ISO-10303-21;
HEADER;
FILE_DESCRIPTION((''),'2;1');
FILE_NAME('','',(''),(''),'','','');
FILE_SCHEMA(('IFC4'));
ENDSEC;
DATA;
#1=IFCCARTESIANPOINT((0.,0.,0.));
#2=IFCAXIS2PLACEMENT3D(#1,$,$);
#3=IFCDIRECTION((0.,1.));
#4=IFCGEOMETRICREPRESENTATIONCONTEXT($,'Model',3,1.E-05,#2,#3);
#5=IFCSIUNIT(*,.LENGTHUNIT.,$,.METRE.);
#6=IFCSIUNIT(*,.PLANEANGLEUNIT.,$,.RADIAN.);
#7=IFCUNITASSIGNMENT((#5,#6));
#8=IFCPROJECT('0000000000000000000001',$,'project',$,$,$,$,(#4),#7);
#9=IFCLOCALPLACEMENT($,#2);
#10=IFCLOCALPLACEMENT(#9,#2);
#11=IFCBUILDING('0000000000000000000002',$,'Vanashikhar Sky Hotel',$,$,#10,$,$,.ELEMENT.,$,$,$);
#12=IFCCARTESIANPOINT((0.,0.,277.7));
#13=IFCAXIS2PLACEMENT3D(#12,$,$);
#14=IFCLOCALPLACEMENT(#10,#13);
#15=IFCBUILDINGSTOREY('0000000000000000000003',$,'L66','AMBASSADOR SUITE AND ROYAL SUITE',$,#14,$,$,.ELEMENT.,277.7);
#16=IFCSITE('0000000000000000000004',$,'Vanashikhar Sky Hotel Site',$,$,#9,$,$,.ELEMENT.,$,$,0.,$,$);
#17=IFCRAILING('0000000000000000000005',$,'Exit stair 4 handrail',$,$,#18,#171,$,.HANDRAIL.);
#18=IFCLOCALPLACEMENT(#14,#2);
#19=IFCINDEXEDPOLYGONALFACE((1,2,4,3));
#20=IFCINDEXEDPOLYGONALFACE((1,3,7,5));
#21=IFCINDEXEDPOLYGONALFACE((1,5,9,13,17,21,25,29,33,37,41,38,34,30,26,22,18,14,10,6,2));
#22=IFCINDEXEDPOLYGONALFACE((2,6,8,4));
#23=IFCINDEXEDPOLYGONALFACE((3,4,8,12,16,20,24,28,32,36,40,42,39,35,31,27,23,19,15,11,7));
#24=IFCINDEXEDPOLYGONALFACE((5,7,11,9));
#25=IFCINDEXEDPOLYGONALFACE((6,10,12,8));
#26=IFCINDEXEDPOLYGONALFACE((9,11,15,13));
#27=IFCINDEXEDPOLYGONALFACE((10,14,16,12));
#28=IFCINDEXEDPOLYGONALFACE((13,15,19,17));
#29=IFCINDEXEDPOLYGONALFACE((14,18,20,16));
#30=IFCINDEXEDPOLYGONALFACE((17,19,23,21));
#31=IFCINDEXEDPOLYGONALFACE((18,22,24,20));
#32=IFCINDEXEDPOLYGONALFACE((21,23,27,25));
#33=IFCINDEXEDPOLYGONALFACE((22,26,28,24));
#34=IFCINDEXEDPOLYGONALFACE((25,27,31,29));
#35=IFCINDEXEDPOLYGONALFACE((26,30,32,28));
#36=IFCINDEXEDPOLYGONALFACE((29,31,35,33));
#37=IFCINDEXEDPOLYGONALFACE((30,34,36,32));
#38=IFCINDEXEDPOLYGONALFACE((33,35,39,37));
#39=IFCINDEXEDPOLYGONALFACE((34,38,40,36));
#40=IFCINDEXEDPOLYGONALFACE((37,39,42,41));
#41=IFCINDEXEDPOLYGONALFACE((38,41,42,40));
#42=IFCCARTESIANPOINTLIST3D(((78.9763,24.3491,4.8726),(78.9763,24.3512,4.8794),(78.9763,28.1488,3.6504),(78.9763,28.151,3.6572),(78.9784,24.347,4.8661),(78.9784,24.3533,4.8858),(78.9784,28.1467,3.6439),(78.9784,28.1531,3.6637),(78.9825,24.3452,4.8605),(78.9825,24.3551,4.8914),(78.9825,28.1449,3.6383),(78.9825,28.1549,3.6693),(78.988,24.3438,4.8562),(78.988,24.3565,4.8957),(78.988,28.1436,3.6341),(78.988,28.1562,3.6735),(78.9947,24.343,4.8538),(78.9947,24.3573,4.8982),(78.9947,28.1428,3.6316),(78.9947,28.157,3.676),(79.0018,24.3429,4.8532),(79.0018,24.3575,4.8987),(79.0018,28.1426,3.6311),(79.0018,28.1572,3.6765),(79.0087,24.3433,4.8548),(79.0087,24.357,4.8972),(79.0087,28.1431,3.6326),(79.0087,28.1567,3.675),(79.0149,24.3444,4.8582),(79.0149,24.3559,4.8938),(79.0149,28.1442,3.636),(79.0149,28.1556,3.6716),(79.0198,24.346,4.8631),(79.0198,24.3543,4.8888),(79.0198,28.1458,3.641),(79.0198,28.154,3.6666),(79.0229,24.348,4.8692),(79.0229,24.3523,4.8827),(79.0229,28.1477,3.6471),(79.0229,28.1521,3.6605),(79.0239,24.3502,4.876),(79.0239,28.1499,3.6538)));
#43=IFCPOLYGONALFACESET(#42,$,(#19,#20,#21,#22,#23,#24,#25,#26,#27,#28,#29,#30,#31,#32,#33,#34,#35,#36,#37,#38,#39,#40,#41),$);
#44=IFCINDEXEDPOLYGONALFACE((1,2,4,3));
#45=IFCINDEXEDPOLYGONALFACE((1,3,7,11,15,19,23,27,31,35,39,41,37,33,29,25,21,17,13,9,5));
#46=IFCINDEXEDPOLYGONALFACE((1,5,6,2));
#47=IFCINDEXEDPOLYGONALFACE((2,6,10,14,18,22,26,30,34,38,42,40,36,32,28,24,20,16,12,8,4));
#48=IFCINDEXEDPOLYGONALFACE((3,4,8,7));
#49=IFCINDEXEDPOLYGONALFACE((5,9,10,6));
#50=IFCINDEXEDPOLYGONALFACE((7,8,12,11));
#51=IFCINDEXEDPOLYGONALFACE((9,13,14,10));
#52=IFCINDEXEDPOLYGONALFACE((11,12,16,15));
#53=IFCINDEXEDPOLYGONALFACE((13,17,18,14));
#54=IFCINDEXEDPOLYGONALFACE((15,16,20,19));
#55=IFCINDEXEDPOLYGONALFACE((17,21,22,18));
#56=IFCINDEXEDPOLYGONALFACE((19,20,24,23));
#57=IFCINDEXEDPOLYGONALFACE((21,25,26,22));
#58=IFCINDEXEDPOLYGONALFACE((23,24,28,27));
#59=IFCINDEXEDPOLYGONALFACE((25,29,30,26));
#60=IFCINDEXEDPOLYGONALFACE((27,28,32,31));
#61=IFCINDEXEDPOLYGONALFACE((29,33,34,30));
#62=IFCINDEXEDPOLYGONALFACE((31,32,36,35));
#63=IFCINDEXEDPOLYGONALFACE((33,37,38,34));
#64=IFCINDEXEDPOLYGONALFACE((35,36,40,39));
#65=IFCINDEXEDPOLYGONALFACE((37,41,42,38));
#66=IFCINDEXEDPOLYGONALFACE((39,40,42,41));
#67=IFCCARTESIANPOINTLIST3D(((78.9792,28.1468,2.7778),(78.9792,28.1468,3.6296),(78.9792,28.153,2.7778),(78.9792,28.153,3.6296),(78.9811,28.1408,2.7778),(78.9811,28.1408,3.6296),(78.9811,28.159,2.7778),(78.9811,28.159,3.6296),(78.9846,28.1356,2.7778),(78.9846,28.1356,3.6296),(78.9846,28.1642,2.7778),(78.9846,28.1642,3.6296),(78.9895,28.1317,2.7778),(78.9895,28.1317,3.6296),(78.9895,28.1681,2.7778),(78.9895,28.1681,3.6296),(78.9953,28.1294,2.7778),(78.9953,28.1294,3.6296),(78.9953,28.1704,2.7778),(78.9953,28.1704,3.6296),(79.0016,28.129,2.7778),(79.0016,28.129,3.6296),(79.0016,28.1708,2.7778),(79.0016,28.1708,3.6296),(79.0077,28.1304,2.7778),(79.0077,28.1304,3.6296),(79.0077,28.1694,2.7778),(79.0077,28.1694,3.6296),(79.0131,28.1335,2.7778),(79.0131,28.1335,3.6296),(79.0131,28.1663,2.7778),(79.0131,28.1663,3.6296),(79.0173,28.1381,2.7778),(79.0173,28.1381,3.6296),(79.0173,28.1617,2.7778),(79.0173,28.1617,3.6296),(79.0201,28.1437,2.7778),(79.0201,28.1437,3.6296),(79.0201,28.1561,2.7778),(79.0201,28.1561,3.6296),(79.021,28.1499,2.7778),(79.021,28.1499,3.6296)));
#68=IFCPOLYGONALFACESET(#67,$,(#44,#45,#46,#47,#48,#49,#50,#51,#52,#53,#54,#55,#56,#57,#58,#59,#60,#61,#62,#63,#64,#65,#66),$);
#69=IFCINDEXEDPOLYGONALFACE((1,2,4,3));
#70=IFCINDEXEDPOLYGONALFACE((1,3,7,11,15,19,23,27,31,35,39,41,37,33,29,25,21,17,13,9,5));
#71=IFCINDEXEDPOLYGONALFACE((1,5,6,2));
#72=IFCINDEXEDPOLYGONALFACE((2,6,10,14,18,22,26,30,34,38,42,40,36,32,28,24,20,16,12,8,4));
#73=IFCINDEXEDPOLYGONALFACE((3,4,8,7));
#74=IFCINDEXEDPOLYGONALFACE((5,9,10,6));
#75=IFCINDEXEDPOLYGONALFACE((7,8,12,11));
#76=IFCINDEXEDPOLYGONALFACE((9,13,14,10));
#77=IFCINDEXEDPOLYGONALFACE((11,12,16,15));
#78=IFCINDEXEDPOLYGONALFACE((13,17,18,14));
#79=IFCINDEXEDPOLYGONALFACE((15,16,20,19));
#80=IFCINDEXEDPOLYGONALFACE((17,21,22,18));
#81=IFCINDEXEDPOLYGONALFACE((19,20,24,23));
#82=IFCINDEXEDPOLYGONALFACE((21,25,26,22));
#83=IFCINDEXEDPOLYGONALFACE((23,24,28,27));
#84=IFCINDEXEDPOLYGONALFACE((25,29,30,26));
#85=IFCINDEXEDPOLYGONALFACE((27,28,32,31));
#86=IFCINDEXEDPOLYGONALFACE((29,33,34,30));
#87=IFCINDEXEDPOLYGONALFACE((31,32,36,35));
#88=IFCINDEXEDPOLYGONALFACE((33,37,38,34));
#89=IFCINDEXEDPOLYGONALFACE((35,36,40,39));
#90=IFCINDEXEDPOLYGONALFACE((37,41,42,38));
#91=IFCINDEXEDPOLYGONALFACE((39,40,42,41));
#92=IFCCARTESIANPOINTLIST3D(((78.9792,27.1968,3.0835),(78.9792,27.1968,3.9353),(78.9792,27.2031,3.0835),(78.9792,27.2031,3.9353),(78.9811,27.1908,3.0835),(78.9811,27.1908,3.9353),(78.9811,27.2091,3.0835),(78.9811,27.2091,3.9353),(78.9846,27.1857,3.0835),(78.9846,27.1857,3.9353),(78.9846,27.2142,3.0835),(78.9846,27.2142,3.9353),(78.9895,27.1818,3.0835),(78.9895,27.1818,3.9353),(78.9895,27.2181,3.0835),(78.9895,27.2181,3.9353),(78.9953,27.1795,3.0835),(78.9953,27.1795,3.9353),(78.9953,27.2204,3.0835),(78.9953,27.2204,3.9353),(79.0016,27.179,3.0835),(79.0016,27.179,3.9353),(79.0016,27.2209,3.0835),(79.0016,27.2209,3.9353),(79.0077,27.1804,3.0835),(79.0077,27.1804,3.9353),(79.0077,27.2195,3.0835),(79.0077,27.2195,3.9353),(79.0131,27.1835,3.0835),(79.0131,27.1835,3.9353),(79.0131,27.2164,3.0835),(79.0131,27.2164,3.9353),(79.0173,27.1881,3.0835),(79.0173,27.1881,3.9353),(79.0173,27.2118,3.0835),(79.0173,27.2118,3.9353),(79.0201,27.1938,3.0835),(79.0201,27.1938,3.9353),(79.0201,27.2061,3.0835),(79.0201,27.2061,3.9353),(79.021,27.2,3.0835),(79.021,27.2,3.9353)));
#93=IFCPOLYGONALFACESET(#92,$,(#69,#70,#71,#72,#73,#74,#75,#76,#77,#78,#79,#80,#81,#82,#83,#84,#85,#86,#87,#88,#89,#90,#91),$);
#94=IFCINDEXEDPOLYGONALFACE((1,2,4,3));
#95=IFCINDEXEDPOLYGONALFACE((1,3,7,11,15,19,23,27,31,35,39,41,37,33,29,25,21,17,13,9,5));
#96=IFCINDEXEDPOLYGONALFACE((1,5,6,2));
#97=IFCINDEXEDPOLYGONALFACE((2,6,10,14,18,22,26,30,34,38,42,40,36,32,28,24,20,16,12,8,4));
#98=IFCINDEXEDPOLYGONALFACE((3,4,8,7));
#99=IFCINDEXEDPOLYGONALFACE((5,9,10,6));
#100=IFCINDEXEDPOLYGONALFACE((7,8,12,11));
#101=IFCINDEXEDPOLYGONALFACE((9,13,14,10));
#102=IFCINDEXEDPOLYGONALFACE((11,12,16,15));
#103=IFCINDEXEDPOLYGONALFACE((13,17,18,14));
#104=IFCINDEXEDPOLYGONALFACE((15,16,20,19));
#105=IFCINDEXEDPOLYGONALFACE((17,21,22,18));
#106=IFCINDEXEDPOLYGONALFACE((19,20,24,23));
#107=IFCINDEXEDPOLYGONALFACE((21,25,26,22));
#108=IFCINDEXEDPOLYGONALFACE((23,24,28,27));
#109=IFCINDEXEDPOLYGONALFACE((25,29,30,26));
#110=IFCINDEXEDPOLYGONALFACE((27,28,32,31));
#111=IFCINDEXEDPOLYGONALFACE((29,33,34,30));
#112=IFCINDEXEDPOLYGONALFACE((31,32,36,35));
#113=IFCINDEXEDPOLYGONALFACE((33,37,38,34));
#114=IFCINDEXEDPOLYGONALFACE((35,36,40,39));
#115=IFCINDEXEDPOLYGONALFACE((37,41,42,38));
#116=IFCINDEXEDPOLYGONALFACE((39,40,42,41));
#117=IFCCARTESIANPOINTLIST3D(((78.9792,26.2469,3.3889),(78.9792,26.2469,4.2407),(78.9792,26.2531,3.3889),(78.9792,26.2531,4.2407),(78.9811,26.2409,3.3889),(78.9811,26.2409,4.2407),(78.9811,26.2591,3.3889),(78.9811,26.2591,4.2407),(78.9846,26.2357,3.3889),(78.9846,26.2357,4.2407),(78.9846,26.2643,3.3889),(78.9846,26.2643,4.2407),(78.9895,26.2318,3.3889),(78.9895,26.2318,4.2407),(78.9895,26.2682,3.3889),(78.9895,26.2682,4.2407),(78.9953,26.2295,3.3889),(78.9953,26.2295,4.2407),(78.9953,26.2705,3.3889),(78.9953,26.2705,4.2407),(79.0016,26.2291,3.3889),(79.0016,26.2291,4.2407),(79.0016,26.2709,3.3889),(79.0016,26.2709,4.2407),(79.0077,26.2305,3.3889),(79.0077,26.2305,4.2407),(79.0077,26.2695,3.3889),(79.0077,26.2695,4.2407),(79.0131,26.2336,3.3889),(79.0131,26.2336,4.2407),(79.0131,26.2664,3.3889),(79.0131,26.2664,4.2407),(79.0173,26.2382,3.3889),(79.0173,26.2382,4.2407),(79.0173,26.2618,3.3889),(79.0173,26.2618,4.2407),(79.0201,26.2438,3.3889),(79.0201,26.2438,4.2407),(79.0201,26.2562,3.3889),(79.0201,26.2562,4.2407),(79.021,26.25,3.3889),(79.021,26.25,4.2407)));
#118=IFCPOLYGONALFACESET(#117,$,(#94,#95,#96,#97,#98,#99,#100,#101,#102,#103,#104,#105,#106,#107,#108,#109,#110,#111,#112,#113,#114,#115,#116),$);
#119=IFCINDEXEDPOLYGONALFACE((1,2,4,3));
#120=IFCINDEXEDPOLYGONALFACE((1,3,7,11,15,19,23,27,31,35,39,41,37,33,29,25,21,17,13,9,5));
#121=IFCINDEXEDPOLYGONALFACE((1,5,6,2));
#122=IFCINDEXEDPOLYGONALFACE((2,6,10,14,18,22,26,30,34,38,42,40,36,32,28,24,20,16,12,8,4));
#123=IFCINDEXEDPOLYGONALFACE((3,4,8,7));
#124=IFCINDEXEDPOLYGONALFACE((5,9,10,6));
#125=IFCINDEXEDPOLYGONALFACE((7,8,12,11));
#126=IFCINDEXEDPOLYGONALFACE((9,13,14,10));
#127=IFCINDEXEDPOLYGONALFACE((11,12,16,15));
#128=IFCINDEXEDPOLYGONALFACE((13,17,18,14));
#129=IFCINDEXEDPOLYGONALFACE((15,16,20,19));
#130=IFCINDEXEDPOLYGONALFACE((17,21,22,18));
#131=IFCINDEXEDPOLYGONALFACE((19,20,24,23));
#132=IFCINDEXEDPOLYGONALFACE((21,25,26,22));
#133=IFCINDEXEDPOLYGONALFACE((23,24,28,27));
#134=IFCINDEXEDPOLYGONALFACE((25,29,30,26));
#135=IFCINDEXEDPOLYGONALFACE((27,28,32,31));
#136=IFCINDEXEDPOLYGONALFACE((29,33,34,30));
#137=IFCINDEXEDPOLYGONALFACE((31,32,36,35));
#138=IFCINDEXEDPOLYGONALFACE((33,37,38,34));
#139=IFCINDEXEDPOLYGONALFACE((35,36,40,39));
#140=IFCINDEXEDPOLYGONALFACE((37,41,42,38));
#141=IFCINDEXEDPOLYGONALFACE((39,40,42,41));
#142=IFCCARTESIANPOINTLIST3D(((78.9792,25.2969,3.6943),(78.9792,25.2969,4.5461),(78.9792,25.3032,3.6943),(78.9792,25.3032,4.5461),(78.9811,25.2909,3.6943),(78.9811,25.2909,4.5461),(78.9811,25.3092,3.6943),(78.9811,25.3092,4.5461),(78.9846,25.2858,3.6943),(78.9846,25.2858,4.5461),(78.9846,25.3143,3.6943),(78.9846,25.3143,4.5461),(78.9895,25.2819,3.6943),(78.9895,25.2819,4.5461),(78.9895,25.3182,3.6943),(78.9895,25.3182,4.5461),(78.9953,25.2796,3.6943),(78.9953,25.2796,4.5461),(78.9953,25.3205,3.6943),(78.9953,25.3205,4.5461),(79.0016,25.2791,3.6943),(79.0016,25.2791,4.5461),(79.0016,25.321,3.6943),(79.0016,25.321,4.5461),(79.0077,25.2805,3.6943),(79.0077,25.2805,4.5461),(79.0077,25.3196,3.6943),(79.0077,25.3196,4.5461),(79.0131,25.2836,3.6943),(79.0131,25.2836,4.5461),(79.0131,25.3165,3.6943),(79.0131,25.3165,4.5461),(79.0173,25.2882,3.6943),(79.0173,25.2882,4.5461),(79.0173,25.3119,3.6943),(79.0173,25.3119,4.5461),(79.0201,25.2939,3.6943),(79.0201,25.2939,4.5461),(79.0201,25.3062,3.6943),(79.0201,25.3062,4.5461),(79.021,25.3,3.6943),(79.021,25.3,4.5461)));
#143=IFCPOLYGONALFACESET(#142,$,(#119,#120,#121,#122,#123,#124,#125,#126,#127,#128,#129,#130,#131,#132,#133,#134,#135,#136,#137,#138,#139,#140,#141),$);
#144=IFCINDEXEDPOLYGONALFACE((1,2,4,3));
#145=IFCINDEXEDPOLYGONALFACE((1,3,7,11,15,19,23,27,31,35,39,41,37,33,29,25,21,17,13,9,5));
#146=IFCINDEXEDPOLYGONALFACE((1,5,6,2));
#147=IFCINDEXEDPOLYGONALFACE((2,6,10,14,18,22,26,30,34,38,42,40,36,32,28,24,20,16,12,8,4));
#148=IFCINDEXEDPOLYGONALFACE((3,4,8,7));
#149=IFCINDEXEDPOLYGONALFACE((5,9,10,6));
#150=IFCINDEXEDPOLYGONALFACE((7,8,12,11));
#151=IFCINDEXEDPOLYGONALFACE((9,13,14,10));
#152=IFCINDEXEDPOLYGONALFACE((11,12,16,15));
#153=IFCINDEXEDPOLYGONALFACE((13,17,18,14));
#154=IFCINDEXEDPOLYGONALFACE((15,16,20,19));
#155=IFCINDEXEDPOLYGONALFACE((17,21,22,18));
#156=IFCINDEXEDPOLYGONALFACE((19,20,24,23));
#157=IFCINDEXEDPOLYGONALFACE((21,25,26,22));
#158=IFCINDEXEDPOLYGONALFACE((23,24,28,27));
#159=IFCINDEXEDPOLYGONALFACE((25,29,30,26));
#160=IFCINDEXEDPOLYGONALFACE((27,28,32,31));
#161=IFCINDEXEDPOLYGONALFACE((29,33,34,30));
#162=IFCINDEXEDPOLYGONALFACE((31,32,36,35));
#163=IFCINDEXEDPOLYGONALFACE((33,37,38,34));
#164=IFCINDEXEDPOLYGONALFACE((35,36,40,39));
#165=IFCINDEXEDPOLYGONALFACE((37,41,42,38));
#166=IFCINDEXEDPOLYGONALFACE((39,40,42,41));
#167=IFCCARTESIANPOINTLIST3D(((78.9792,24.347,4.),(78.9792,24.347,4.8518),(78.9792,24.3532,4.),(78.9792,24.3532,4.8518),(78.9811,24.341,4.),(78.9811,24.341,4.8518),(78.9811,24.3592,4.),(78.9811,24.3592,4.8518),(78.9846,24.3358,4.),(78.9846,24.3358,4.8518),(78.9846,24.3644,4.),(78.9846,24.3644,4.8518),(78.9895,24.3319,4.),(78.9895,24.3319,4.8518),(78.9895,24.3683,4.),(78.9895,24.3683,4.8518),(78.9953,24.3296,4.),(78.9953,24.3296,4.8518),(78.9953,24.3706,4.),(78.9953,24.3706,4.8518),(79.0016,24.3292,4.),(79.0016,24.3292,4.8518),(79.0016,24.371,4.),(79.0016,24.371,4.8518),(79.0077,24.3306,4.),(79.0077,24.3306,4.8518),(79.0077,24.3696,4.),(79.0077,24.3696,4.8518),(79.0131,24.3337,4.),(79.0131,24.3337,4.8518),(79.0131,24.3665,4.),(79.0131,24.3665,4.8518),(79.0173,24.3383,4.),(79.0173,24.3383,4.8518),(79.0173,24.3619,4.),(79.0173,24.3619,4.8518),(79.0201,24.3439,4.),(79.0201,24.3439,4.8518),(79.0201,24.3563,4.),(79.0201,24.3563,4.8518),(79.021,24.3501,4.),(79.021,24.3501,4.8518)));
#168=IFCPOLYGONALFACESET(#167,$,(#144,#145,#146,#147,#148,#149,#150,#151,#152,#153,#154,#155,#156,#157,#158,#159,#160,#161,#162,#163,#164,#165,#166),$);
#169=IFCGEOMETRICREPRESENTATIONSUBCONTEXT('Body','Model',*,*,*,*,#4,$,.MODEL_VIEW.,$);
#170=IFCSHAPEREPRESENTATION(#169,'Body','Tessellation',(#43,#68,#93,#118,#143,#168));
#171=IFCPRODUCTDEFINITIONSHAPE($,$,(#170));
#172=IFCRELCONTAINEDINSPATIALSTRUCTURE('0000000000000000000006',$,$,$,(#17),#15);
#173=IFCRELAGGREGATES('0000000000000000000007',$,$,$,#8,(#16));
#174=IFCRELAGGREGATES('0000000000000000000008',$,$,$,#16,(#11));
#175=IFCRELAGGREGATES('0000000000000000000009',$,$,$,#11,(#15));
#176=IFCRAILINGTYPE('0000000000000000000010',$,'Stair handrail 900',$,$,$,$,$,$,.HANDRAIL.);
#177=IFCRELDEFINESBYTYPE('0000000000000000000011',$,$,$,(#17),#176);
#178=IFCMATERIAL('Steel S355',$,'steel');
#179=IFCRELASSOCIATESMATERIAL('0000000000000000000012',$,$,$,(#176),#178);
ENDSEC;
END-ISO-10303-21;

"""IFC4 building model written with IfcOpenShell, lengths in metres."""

from ifc_helpers import new_model, si_unit, direction, frame, origin, origin_2d, place, context, subcontext, project, spatial, circle, extrude, source, transform, mapped, material, type_object, element, save


model = new_model("IFC4")

# Units and contexts
model_context = context("Model", 3, precision=1e-05, world=origin(), true_north=direction((0.0, 1.0)))
body_context = subcontext(model_context, "Body", "Model", "MODEL_VIEW")
ifc_project = project(units=[si_unit("LENGTHUNIT", "METRE"), si_unit("PLANEANGLEUNIT", "RADIAN")], contexts=[model_context])

# Site, building, storey
site_placement = place(None, origin())
site = spatial("IfcSite", under=ifc_project, at=site_placement, Name="Vanashikhar Sky Hotel Site", CompositionType="ELEMENT", RefElevation=0.0)
building_placement = place(site_placement, origin())
building = spatial("IfcBuilding", under=site, at=building_placement, Name="Vanashikhar Sky Hotel", CompositionType="ELEMENT")
storey_placement = place(building_placement, frame((0.0, 0.0, 277.7)))
storey = spatial("IfcBuildingStorey", under=building, at=storey_placement, Name="L66", Description="AMBASSADOR SUITE AND ROYAL SUITE", CompositionType="ELEMENT", Elevation=277.7)

# Railing
ifc_material_1 = material(Name="Steel S355", Category="steel")
railing_type_1 = type_object("IfcRailingType", Name="Stair handrail 900", PredefinedType="HANDRAIL", material=ifc_material_1)
shared_shape_1 = source(origin(), body_context, "Body", "SweptSolid", [
    extrude(circle(Radius=0.0239, at=origin_2d()), frame((0.0, 0.0, 0.876), z_axis=(0.0, -0.95197, 0.306191), x_axis=(1.0, 0.0, 0.0)), (0.0, 0.0, 1.0), 3.9915),
    extrude(circle(Radius=0.021, at=origin_2d()), origin(), (0.0, 0.0, 1.0), 0.8518),
    extrude(circle(Radius=0.021, at=origin_2d()), frame((0.0, -0.95, 0.3057)), (0.0, 0.0, 1.0), 0.8518),
    extrude(circle(Radius=0.021, at=origin_2d()), frame((0.0, -1.8999, 0.6111)), (0.0, 0.0, 1.0), 0.8518),
    extrude(circle(Radius=0.021, at=origin_2d()), frame((0.0, -2.8499, 0.9165)), (0.0, 0.0, 1.0), 0.8518),
    extrude(circle(Radius=0.021, at=origin_2d()), frame((0.0, -3.7998, 1.2222)), (0.0, 0.0, 1.0), 0.8518),
])
railing_1_placement = place(storey_placement, frame((79.0, 28.1499, 2.7778)))
element("IfcRailing", 1, at=railing_1_placement, inside=storey, type_object=railing_type_1, Name="Exit stair 4 handrail", PredefinedType="HANDRAIL", context=body_context, shape_type="MappedRepresentation", body=[
    mapped(shared_shape_1, transform((0.0, 0.0, 0.0), scale=1.0)),
])

save(model, "model.ifc")
